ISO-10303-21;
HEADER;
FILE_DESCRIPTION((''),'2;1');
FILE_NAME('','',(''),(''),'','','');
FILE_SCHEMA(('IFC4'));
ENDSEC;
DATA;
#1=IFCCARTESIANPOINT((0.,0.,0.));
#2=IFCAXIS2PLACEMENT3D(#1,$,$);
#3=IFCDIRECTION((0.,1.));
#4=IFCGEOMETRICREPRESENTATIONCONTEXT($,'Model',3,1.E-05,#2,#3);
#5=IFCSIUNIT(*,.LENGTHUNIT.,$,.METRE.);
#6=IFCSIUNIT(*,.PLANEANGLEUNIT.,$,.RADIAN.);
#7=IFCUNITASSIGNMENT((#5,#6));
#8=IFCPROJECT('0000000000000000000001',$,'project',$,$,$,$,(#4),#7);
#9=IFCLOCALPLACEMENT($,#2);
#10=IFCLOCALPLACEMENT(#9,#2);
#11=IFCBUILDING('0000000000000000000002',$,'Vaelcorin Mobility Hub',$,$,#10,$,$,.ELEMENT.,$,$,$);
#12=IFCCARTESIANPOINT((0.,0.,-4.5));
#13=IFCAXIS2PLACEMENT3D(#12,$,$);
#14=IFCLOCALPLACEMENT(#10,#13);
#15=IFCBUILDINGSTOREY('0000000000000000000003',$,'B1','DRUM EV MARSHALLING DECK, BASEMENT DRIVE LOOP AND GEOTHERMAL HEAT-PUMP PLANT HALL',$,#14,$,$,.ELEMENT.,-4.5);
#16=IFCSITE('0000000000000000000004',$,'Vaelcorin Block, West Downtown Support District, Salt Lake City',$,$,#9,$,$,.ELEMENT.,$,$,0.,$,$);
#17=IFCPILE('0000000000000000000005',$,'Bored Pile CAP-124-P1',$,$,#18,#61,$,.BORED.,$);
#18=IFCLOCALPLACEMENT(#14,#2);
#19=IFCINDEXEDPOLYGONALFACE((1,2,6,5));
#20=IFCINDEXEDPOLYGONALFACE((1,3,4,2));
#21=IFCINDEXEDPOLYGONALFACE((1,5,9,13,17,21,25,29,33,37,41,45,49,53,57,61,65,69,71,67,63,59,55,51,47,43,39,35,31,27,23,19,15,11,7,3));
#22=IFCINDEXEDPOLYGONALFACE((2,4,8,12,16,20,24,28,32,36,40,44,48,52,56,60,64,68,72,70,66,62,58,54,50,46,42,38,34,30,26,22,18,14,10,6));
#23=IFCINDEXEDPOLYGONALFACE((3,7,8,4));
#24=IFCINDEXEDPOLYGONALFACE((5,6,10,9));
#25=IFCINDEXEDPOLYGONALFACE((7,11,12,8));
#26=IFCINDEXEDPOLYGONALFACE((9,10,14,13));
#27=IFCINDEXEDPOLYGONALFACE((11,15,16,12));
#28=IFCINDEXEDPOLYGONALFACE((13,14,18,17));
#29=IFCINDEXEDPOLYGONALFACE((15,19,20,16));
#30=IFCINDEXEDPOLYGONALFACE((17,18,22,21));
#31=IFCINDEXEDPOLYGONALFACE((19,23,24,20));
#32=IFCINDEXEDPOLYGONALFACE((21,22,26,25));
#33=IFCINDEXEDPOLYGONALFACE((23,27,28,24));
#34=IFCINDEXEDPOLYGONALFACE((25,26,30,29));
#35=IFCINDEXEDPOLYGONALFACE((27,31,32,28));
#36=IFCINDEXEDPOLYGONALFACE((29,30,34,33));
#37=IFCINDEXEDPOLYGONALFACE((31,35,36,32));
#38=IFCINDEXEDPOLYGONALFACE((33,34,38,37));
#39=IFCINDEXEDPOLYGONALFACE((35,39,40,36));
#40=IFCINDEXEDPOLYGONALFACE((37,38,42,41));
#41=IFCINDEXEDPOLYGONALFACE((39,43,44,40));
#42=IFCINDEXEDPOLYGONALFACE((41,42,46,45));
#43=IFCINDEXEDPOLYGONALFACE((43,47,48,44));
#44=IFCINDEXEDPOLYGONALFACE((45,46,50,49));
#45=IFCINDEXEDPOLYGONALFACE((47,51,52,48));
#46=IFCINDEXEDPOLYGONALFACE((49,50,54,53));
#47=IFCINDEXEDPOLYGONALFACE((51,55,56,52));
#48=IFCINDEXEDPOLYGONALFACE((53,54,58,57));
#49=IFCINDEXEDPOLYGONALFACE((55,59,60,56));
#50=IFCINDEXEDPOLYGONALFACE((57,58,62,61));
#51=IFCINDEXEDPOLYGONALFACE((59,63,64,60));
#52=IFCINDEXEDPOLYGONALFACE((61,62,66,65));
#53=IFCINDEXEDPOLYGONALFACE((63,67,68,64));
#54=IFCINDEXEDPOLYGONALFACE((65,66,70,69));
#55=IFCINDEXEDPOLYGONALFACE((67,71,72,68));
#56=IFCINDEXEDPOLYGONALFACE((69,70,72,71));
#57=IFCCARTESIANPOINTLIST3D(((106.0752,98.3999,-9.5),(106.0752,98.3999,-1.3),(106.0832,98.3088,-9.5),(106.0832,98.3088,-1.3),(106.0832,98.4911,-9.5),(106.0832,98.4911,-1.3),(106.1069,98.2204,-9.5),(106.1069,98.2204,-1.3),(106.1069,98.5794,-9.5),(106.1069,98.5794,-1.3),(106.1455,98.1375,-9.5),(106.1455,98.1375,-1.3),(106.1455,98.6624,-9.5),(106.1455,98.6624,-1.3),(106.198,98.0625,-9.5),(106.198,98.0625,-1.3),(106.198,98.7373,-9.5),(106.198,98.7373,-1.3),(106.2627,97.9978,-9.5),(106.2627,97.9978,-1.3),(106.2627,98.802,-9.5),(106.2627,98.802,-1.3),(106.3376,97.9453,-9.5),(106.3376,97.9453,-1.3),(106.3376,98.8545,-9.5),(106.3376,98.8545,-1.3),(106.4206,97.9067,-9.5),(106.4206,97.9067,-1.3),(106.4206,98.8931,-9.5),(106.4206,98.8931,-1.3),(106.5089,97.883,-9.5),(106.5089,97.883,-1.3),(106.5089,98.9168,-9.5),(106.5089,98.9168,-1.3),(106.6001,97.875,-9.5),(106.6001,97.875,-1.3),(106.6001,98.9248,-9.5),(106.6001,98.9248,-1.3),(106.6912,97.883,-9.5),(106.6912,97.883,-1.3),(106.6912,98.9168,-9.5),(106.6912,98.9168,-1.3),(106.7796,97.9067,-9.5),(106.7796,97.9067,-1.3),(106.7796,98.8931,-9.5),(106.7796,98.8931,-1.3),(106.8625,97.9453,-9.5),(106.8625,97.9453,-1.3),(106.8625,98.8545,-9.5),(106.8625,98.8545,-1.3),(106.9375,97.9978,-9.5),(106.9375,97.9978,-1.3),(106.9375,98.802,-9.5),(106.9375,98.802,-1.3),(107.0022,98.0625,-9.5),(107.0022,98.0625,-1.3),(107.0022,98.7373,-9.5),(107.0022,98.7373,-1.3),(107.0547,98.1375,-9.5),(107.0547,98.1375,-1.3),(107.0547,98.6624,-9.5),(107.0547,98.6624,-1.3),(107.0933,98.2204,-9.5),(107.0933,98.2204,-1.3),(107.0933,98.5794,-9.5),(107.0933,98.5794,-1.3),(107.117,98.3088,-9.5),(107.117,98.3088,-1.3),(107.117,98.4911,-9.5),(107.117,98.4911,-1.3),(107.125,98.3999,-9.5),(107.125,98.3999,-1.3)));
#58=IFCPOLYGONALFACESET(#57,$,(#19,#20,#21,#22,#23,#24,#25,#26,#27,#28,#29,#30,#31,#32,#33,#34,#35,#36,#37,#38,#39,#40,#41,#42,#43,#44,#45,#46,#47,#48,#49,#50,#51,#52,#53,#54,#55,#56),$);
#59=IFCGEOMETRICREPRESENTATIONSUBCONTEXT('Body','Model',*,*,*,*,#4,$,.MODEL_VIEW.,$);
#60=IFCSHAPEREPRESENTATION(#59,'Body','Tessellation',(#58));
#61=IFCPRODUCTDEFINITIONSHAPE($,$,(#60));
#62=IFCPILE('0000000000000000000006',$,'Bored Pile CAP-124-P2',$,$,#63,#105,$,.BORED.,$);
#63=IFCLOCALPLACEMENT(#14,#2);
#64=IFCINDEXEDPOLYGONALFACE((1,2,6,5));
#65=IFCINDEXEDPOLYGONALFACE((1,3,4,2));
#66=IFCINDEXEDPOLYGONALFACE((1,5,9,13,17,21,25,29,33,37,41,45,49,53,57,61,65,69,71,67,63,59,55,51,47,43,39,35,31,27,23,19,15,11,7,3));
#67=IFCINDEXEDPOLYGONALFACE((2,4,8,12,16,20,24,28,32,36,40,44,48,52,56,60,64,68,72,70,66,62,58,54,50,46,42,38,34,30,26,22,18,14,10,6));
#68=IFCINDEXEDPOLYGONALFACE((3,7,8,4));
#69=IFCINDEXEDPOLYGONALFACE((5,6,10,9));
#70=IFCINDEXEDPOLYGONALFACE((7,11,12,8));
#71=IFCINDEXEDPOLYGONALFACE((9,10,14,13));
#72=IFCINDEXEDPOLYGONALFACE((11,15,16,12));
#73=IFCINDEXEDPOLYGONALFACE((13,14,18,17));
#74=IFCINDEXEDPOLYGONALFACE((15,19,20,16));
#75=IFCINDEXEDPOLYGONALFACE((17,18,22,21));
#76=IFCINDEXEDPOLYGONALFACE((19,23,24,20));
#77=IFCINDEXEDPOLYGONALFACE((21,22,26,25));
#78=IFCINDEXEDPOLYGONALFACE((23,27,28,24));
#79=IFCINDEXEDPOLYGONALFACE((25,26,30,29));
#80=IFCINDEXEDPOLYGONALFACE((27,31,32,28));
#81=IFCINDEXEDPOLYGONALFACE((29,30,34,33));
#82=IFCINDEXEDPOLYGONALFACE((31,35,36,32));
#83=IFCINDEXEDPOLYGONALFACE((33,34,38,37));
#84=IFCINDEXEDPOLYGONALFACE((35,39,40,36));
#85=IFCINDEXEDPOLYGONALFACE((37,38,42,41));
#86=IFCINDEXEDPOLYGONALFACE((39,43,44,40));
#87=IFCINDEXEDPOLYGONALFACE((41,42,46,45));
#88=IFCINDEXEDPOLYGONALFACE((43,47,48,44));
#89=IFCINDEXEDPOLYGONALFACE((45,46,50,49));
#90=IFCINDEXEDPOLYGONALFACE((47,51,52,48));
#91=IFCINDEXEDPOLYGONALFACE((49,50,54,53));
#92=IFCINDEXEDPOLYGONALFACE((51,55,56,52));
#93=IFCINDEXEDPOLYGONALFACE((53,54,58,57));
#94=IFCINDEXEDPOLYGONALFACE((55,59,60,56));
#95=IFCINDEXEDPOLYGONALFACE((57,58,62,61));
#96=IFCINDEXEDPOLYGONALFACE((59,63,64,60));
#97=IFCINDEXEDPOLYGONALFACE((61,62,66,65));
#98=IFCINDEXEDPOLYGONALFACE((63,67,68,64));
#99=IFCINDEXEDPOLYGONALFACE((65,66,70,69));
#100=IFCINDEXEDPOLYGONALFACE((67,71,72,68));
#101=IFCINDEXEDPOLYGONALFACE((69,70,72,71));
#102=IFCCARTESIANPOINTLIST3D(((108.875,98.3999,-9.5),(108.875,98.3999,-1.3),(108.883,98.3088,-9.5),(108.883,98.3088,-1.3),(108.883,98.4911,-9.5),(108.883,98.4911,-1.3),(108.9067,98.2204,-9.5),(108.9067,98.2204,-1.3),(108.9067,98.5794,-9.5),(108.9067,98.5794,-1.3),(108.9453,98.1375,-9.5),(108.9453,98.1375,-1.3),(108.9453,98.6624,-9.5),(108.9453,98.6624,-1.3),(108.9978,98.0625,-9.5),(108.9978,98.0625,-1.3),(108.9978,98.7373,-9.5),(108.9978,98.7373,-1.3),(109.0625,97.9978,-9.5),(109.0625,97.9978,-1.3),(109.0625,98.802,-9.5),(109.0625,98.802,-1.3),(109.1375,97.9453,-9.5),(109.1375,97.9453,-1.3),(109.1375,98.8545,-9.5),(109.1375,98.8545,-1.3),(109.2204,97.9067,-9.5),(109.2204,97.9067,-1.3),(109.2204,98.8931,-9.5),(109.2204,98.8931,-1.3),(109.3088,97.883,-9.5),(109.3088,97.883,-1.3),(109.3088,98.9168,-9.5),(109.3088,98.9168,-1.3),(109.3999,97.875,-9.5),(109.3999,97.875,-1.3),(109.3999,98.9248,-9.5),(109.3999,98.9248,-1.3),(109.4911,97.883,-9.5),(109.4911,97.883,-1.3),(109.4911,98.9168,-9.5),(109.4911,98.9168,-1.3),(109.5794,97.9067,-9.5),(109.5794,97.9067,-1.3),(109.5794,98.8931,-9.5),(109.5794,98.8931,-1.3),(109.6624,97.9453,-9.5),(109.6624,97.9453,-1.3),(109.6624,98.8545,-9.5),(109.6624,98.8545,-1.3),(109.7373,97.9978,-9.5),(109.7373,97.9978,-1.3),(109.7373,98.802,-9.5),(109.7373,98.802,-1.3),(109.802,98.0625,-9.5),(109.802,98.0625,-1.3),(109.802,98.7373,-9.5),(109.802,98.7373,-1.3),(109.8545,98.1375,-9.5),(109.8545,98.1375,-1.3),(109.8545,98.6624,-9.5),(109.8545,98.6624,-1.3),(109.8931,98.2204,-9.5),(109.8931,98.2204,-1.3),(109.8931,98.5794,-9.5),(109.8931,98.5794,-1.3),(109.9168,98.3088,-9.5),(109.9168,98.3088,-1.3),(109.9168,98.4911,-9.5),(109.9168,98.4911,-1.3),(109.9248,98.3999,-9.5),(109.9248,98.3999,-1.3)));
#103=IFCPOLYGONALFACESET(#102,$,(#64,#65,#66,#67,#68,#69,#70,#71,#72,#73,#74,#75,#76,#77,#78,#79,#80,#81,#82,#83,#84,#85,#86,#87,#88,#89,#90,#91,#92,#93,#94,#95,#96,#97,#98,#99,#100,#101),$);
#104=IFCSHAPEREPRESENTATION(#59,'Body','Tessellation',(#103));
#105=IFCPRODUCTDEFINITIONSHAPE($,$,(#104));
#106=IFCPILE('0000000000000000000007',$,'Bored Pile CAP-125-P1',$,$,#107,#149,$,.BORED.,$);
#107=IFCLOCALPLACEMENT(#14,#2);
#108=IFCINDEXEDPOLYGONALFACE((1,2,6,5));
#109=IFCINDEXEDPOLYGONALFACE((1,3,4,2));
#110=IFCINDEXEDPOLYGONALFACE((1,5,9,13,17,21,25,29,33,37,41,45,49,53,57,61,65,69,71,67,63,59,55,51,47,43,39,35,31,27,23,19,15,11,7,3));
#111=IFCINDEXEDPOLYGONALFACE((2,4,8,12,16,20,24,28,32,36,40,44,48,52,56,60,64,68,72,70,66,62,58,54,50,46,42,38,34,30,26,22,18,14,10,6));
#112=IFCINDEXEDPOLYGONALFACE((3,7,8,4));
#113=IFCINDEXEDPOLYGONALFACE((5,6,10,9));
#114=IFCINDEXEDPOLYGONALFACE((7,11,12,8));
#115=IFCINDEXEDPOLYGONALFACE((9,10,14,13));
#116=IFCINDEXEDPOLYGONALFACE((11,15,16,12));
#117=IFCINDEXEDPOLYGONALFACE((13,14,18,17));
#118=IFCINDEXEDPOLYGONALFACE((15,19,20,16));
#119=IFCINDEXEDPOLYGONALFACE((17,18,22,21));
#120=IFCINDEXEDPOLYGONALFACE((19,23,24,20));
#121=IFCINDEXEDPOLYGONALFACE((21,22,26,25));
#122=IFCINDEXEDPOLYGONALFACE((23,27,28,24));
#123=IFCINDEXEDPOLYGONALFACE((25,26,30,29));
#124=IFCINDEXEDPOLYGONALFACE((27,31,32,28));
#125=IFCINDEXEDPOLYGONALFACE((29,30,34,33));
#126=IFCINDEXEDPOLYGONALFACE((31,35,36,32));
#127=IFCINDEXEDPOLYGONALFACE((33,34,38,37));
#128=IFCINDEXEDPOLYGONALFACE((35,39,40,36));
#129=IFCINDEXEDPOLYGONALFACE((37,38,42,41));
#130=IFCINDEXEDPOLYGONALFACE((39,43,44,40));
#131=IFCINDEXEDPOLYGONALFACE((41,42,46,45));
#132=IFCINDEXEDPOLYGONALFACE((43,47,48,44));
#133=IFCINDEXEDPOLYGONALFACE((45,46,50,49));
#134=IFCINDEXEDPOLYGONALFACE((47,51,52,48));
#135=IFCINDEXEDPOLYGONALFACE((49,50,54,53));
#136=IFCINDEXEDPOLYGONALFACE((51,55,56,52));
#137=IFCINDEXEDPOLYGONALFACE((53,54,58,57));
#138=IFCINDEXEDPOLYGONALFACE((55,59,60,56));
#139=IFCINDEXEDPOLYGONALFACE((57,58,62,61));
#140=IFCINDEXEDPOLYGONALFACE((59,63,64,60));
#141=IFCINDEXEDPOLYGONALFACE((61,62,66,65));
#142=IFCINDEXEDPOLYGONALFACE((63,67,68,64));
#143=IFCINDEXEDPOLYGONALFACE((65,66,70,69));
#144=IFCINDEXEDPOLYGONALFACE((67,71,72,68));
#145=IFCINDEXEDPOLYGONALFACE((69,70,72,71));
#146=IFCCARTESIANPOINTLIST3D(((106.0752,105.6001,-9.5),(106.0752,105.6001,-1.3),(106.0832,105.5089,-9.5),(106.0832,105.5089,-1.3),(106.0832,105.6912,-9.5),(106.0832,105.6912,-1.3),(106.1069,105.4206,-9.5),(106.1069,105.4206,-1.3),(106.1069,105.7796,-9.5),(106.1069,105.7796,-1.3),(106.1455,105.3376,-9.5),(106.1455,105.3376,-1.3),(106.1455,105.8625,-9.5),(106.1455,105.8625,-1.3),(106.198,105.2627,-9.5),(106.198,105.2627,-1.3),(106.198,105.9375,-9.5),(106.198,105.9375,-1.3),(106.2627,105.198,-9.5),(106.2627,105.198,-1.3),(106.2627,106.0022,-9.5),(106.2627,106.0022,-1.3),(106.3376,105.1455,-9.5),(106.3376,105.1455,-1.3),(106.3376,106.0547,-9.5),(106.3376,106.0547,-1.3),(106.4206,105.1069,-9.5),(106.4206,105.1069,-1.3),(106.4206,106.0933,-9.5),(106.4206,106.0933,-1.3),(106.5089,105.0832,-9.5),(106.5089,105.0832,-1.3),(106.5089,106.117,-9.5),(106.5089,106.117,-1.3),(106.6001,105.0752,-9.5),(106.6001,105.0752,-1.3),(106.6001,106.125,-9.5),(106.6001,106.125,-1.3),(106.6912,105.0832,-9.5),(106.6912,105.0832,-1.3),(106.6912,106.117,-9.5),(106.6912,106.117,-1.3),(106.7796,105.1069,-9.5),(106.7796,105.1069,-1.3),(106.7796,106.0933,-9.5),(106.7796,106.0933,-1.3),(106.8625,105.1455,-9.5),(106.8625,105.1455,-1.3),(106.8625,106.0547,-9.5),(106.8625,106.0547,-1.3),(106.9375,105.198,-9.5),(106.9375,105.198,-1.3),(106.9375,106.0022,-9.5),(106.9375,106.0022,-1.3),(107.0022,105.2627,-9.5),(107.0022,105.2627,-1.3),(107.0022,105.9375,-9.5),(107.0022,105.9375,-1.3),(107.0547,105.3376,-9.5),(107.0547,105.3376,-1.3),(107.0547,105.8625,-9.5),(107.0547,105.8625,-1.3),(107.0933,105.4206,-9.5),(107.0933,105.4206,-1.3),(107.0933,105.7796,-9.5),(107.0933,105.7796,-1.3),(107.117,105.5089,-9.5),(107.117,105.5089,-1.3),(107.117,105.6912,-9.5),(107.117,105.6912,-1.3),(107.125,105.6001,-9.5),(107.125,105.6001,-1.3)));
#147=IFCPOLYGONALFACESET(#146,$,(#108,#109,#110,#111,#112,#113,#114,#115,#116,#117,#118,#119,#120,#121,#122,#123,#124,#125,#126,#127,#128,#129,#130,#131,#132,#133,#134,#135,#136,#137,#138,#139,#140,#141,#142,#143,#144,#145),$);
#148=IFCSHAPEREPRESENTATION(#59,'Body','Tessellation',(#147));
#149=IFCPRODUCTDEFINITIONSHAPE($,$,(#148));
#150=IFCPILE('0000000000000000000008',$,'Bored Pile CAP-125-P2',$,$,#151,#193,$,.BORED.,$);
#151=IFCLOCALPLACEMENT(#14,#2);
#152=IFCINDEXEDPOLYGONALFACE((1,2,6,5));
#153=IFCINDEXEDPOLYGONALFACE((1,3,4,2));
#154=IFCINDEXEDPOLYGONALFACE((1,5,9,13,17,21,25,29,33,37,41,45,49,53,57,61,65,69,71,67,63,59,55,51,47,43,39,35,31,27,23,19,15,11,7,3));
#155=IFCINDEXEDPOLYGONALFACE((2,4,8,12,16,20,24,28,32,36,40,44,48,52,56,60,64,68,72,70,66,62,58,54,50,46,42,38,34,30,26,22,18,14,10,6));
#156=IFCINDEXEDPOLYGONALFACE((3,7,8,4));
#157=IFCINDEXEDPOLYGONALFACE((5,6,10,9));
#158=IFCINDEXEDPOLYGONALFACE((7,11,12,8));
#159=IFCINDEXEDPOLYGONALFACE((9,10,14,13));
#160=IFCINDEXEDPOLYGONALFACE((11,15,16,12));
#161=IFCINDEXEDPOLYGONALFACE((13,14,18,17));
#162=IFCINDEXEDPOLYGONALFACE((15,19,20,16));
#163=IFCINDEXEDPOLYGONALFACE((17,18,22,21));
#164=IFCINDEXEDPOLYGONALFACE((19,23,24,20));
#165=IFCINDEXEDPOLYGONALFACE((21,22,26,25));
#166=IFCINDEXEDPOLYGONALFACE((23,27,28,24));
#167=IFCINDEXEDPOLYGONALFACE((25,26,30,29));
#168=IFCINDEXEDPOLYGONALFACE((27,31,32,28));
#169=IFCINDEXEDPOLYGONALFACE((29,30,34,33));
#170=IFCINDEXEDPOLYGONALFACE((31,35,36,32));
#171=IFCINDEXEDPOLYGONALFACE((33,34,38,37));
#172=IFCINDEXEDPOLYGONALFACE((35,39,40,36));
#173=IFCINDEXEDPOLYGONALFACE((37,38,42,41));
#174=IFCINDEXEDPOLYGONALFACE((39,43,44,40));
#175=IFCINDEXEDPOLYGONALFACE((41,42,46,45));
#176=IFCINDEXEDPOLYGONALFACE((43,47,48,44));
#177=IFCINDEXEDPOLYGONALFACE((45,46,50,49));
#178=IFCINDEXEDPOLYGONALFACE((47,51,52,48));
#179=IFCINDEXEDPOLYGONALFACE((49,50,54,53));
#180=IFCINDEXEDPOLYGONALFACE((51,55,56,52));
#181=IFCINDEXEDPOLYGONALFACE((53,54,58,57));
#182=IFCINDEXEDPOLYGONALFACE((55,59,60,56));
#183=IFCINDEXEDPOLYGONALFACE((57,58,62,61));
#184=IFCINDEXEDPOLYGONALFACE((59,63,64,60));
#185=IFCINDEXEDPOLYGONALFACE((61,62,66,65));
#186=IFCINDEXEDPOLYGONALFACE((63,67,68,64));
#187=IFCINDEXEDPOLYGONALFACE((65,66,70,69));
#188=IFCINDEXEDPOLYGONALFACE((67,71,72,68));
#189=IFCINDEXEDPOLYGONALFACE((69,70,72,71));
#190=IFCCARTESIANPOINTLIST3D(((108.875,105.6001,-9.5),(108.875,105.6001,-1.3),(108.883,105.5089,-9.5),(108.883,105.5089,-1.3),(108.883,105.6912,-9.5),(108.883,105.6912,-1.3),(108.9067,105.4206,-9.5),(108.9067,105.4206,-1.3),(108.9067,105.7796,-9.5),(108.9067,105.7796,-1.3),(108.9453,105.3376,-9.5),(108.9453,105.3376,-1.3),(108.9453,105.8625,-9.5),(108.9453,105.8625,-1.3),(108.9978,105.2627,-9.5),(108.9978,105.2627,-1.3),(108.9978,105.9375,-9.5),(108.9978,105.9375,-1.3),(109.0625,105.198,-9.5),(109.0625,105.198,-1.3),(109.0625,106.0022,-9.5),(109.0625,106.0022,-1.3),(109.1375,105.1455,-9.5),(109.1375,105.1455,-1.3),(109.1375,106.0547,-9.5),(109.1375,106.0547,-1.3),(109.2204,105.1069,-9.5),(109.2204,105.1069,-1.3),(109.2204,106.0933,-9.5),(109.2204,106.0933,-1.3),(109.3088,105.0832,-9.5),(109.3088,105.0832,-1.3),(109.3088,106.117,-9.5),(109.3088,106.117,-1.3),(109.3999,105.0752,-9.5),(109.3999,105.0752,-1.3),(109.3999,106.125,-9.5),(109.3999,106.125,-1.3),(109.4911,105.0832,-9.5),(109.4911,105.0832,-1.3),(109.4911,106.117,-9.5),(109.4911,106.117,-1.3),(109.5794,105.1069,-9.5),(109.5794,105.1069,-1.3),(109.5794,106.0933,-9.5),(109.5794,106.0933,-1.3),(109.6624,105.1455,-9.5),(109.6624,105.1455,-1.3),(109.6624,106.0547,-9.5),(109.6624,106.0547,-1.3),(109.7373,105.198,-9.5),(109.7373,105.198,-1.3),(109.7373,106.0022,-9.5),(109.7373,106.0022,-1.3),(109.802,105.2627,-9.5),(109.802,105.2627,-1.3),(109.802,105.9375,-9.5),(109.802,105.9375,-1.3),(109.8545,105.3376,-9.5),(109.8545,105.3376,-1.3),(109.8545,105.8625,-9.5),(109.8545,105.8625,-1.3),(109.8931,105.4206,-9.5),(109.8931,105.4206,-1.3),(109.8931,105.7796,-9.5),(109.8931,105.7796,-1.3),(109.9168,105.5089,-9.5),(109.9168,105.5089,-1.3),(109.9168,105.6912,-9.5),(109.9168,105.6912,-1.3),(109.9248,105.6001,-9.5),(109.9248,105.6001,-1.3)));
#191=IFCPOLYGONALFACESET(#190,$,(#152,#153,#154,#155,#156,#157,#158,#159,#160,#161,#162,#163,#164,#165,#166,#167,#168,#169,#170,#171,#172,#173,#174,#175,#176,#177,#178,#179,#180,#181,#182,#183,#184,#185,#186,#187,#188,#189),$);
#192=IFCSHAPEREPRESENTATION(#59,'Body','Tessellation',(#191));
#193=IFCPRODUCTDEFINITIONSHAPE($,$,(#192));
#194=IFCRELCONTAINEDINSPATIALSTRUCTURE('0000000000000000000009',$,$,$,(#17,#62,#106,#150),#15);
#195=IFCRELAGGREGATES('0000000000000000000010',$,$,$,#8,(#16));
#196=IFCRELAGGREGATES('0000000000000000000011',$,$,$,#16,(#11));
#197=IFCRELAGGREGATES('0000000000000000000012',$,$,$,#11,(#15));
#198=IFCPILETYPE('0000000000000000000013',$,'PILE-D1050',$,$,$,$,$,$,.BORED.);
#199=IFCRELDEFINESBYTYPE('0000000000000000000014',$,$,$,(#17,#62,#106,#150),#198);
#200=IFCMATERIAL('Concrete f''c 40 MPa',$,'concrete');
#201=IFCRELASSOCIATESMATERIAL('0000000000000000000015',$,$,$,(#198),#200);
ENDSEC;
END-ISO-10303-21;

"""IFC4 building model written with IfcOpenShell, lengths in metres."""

from ifc_helpers import new_model, si_unit, direction, frame, origin, origin_2d, place, context, subcontext, project, spatial, circle, extrude, material, material_profile, profile_set, type_object, element, save


model = new_model("IFC4")

# Units and contexts
model_context = context("Model", 3, precision=1e-05, world=origin(), true_north=direction((0.0, 1.0)))
body_context = subcontext(model_context, "Body", "Model", "MODEL_VIEW")
ifc_project = project(units=[si_unit("LENGTHUNIT", "METRE"), si_unit("PLANEANGLEUNIT", "RADIAN")], contexts=[model_context])

# Site, building, storey
site_placement = place(None, origin())
site = spatial("IfcSite", under=ifc_project, at=site_placement, Name="Vaelcorin Block, West Downtown Support District, Salt Lake City", CompositionType="ELEMENT", RefElevation=0.0)
building_placement = place(site_placement, origin())
building = spatial("IfcBuilding", under=site, at=building_placement, Name="Vaelcorin Mobility Hub", CompositionType="ELEMENT")
storey_placement = place(building_placement, frame((0.0, 0.0, -4.5)))
storey = spatial("IfcBuildingStorey", under=building, at=storey_placement, Name="B1", Description="DRUM EV MARSHALLING DECK, BASEMENT DRIVE LOOP AND GEOTHERMAL HEAT-PUMP PLANT HALL", CompositionType="ELEMENT", Elevation=-4.5)

# Shared definitions
ifc_material_1 = material(Name="Concrete f'c 40 MPa", Category="concrete")

# Piles
ifc_material_profile_1 = material_profile(ifc_material_1, circle(Radius=0.5249, at=origin_2d()), Name="BP-D1050")
ifc_profile_set_1 = profile_set([ifc_material_profile_1], Name="Concrete f'c 40 MPa")
pile_type = type_object("IfcPileType", Name="PILE-D1050", PredefinedType="BORED", material=ifc_profile_set_1)
for number, where, z_axis, x_axis, name in (
    (1, (106.6001, 98.3999, -1.3), (0.0, 0.0, -1.0), (1.0, 0.0, 0.0), "Bored Pile CAP-124-P1"),
    (2, (109.3999, 98.3999, -1.3), (0.0, 0.0, -1.0), (1.0, 0.0, 0.0), "Bored Pile CAP-124-P2"),
    (3, (106.6001, 105.6001, -1.3), (0.0, 0.0, -1.0), (1.0, 0.0, 0.0), "Bored Pile CAP-125-P1"),
    (4, (109.3999, 105.6001, -1.3), (0.0, 0.0, -1.0), (1.0, 0.0, 0.0), "Bored Pile CAP-125-P2"),
):
    element("IfcPile", number, at=place(storey_placement, frame(where, z_axis=z_axis, x_axis=x_axis)), inside=storey, type_object=pile_type, Name=name, PredefinedType="BORED", context=body_context, shape_type="SweptSolid", body=[
        extrude(circle(Radius=0.5249, at=origin_2d()), origin(), (0.0, 0.0, 1.0), 8.2),
    ])

save(model, "model.ifc")
